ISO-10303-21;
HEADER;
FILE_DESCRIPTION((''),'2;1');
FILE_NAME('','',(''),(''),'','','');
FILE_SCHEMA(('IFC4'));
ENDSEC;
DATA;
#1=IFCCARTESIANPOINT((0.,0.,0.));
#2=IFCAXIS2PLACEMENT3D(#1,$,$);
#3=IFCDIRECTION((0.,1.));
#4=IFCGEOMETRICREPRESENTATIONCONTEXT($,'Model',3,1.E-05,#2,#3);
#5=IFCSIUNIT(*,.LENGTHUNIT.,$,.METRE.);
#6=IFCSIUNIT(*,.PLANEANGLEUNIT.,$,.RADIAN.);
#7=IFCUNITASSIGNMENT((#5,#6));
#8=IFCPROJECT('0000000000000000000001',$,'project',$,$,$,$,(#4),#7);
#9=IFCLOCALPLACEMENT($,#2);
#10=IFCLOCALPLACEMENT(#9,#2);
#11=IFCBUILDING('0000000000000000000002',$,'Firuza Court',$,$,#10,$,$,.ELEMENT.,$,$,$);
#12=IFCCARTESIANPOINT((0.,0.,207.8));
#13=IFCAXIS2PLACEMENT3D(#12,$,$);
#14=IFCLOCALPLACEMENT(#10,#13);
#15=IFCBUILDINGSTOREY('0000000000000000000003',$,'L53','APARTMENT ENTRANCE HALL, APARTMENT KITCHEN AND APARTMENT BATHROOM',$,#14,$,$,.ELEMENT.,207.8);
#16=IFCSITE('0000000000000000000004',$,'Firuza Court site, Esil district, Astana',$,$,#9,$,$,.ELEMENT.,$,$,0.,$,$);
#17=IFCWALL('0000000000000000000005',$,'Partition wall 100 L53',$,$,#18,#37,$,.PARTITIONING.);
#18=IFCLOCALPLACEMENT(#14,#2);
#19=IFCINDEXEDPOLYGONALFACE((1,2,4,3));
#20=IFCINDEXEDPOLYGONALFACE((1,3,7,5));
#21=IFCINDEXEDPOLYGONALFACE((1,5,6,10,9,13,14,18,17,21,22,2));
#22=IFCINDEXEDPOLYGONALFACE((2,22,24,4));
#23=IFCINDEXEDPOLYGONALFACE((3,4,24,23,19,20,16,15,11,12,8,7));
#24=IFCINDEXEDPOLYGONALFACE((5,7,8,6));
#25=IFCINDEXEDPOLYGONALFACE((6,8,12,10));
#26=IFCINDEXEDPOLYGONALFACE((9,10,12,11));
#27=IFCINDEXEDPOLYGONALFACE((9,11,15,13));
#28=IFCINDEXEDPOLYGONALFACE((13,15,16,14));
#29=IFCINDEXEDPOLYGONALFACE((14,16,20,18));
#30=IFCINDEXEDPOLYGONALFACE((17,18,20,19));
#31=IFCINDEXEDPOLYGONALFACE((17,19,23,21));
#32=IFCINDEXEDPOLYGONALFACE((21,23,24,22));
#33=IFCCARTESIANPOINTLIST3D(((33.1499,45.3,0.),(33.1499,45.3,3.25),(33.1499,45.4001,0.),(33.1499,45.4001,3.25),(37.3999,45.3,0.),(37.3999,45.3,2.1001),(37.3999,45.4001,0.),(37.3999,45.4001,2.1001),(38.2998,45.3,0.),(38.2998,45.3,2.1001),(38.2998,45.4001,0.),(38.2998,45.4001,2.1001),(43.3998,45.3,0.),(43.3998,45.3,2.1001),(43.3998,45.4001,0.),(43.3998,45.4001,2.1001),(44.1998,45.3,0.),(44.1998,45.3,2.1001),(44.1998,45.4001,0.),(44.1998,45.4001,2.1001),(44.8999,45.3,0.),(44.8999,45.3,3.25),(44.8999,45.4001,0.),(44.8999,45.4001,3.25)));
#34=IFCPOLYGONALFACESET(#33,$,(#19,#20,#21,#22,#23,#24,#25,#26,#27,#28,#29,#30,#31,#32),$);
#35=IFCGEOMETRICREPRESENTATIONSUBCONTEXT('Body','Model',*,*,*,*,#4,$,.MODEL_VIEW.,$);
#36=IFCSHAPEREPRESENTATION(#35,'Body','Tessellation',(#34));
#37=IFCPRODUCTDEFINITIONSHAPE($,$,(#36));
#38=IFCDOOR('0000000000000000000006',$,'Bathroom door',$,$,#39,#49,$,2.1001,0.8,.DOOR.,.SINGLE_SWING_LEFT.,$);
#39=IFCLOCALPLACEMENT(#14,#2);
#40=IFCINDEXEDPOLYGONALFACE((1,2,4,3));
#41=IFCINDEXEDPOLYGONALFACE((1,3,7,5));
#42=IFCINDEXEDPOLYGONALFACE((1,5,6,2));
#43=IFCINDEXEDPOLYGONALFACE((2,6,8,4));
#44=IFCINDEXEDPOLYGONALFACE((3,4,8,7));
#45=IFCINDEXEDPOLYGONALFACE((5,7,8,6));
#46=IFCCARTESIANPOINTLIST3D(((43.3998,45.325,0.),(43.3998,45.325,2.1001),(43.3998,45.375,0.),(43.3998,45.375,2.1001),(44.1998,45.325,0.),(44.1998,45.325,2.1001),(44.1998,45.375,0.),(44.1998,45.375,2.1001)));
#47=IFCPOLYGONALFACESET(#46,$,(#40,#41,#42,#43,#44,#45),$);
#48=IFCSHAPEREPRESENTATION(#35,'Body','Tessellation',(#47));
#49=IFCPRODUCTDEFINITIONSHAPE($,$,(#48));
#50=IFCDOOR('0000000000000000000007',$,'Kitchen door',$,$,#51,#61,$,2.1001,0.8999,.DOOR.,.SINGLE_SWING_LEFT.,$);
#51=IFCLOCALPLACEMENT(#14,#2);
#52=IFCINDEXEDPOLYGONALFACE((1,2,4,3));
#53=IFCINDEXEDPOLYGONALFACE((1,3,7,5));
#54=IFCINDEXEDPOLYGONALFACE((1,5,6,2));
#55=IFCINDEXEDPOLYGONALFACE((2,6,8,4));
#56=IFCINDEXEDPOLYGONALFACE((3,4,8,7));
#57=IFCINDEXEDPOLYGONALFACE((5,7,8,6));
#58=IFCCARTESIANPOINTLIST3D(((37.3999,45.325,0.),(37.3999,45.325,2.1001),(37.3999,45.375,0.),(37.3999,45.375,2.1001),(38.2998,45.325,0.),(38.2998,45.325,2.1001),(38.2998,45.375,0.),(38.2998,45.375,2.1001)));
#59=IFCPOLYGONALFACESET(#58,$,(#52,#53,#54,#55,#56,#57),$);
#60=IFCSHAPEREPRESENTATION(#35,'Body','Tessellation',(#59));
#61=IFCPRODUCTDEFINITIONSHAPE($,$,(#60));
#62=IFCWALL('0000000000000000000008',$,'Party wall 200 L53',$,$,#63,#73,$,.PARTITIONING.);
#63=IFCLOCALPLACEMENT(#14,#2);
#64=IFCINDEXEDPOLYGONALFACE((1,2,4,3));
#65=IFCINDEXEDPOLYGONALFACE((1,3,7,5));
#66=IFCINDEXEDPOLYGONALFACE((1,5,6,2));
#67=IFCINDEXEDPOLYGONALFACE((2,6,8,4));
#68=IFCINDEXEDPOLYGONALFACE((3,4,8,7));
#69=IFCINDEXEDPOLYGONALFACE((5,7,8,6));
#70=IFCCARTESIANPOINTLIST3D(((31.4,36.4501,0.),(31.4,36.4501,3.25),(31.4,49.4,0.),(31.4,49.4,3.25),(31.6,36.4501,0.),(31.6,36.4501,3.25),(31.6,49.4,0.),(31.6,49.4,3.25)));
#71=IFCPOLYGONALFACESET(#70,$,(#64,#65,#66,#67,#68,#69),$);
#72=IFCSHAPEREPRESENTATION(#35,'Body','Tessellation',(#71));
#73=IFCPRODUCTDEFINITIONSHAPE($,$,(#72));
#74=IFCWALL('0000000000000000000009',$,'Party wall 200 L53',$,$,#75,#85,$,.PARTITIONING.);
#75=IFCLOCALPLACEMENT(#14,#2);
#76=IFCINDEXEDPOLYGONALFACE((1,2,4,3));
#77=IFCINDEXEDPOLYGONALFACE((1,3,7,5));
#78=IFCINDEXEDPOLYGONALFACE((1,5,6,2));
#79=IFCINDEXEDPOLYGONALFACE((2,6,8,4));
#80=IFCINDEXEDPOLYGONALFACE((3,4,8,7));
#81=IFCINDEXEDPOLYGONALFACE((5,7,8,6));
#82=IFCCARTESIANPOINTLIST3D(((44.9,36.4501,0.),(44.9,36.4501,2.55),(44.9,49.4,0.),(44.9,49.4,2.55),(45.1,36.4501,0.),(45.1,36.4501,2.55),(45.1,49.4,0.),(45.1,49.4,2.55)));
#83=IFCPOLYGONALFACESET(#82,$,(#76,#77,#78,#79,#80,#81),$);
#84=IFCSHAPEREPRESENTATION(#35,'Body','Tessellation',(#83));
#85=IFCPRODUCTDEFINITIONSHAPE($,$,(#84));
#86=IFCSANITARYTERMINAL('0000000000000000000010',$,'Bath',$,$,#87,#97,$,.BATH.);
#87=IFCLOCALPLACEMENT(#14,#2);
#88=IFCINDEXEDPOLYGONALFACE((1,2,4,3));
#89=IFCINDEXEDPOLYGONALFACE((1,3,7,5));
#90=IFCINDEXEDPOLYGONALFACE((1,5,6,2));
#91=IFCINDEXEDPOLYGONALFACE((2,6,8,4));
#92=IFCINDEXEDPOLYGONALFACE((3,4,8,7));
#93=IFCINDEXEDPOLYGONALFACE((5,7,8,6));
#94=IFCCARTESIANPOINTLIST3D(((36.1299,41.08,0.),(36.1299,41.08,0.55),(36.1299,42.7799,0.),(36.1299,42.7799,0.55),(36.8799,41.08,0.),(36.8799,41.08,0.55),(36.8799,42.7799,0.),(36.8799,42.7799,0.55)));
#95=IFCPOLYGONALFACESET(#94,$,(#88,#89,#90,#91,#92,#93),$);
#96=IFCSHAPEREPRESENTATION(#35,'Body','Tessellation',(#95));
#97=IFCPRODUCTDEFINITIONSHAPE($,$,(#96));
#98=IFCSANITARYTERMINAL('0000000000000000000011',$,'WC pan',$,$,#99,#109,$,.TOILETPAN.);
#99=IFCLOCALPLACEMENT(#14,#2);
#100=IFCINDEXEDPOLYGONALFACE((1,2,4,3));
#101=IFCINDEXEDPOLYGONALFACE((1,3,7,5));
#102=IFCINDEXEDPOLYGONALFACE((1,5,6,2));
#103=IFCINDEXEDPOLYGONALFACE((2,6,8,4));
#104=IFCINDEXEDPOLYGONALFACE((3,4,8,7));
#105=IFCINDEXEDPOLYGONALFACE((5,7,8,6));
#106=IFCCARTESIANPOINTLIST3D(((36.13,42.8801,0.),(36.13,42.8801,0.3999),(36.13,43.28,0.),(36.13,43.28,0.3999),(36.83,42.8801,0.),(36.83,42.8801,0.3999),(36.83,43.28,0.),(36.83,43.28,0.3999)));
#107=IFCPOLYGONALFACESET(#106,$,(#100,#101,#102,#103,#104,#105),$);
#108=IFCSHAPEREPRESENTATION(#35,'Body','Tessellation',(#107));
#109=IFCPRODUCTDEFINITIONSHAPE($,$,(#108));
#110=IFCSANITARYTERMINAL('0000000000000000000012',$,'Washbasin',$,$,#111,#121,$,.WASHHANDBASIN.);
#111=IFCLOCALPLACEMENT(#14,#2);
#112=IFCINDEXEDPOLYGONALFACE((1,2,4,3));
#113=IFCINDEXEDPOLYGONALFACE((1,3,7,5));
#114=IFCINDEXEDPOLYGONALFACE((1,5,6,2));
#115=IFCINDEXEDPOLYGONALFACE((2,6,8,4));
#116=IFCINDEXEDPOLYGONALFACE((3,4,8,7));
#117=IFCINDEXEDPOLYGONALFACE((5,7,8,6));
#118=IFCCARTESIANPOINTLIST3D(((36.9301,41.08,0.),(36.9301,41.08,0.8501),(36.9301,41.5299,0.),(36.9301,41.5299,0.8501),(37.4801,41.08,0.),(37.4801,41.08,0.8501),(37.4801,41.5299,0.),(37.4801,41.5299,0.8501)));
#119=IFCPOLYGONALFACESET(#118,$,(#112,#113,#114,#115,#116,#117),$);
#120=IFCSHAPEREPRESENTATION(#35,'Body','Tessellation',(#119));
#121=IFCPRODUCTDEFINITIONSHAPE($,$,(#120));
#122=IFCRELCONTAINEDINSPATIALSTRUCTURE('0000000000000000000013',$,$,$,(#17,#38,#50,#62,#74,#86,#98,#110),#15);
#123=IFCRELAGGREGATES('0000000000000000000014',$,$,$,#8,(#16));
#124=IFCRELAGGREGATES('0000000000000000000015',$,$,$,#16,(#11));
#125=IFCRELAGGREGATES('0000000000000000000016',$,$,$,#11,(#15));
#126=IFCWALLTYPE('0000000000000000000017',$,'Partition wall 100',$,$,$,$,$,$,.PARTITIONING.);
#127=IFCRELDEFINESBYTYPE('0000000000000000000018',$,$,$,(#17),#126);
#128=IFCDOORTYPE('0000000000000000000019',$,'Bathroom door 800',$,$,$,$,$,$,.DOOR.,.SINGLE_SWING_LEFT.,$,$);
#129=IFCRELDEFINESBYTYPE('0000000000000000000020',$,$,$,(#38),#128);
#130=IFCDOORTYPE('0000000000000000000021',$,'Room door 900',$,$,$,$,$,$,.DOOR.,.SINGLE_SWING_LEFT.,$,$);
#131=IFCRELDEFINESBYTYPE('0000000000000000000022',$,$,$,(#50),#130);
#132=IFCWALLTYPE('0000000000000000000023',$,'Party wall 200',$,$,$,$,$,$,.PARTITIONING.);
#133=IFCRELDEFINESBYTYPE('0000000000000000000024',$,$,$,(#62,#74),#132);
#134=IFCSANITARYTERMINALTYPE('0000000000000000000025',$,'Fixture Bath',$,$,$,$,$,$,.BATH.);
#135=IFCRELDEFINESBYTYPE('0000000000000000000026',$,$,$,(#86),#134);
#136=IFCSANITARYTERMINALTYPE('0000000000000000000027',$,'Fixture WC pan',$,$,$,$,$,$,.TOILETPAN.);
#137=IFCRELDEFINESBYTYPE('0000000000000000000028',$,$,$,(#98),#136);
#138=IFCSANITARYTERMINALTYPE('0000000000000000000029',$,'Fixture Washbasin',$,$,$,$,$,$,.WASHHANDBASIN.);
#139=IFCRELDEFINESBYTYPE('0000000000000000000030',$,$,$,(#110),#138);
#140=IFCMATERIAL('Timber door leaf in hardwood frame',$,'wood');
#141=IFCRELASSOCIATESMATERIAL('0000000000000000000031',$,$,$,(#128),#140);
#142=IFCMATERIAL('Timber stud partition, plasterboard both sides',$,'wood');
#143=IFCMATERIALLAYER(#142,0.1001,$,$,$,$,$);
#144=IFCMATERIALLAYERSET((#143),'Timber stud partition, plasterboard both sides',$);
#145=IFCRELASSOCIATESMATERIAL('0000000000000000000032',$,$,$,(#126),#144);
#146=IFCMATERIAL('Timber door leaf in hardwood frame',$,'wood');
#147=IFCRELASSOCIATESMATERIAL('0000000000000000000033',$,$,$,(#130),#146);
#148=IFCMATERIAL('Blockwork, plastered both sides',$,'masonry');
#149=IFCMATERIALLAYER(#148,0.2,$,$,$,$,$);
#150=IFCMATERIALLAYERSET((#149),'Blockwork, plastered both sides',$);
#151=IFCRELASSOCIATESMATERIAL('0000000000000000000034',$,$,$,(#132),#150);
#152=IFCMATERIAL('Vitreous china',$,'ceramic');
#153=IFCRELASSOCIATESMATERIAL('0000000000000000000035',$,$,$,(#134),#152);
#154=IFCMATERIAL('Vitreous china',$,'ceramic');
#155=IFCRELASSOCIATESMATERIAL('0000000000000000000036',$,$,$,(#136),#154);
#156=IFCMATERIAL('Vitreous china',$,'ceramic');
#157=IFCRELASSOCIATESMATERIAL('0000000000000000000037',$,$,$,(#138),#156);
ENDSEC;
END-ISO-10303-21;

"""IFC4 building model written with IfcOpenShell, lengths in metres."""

from ifc_helpers import new_model, si_unit, direction, frame, frame_2d, origin, origin_2d, place, context, subcontext, project, spatial, rectangle, extrude, material, layer, layer_set, type_object, element, fill, save


model = new_model("IFC4")

# Units and contexts
model_context = context("Model", 3, precision=1e-05, world=origin(), true_north=direction((0.0, 1.0)))
body_context = subcontext(model_context, "Body", "Model", "MODEL_VIEW")
ifc_project = project(units=[si_unit("LENGTHUNIT", "METRE"), si_unit("PLANEANGLEUNIT", "RADIAN")], contexts=[model_context])

# Site, building, storey
site_placement = place(None, origin())
site = spatial("IfcSite", under=ifc_project, at=site_placement, Name="Firuza Court site, Esil district, Astana", CompositionType="ELEMENT", RefElevation=0.0)
building_placement = place(site_placement, origin())
building = spatial("IfcBuilding", under=site, at=building_placement, Name="Firuza Court", CompositionType="ELEMENT")
storey_placement = place(building_placement, frame((0.0, 0.0, 207.8)))
storey = spatial("IfcBuildingStorey", under=building, at=storey_placement, Name="L53", Description="APARTMENT ENTRANCE HALL, APARTMENT KITCHEN AND APARTMENT BATHROOM", CompositionType="ELEMENT", Elevation=207.8)

# Shared definitions
ifc_material_1 = material(Name="Timber door leaf in hardwood frame", Category="wood")
door_type_1 = type_object("IfcDoorType", Name="Bathroom door 800", OperationType="SINGLE_SWING_LEFT", PredefinedType="DOOR", material=ifc_material_1)

# Shared definitions
ifc_material_2 = material(Name="Timber stud partition, plasterboard both sides", Category="wood")
ifc_layer_1 = layer(ifc_material_2, 0.1001)
ifc_layer_set_1 = layer_set([ifc_layer_1], Name="Timber stud partition, plasterboard both sides")
wall_type_1 = type_object("IfcWallType", Name="Partition wall 100", PredefinedType="PARTITIONING", material=ifc_layer_set_1)

# Shared definitions
ifc_material_3 = material(Name="Timber door leaf in hardwood frame", Category="wood")
door_type_2 = type_object("IfcDoorType", Name="Room door 900", OperationType="SINGLE_SWING_LEFT", PredefinedType="DOOR", material=ifc_material_3)

# Wall, openings, doors
wall_1_placement = place(storey_placement, frame((33.1499, 45.3501, 0.0), z_axis=(0.0, 0.0, 1.0), x_axis=(1.0, 0.0, 0.0)))
wall_1 = element("IfcWall", 1, at=wall_1_placement, inside=storey, type_object=wall_type_1, Name="Partition wall 100 L53", PredefinedType="PARTITIONING", context=body_context, shape_type="SweptSolid", body=[
    extrude(rectangle(XDim=11.75, YDim=0.1001, at=frame_2d((5.875, 0.0))), origin(), (0.0, 0.0, 1.0), 3.25),
])
opening_1_placement = place(wall_1_placement, frame((10.25, 0.0, 0.0)))
opening_1 = element("IfcOpeningElement", 2, at=opening_1_placement, cuts=wall_1, PredefinedType="OPENING", context=body_context, shape_type="SweptSolid", body=[
    extrude(rectangle(XDim=0.8, YDim=2.1001, at=frame_2d((0.3999, 1.05))), frame((0.0, 0.062, 0.0), z_axis=(0.0, -1.0, 0.0), x_axis=(1.0, 0.0, 0.0)), (0.0, 0.0, 1.0), 0.124),
])
opening_2_placement = place(wall_1_placement, frame((4.25, 0.0, 0.0)))
opening_2 = element("IfcOpeningElement", 3, at=opening_2_placement, cuts=wall_1, PredefinedType="OPENING", context=body_context, shape_type="SweptSolid", body=[
    extrude(rectangle(XDim=0.8999, YDim=2.1001, at=frame_2d((0.45, 1.05))), frame((0.0, 0.062, 0.0), z_axis=(0.0, -1.0, 0.0), x_axis=(1.0, 0.0, 0.0)), (0.0, 0.0, 1.0), 0.124),
])
door_1_placement = place(opening_1_placement, origin())
door_1 = element("IfcDoor", 4, at=door_1_placement, inside=storey, type_object=door_type_1, Name="Bathroom door", OperationType="SINGLE_SWING_LEFT", OverallHeight=2.1001, OverallWidth=0.8, PredefinedType="DOOR", context=body_context, shape_type="SweptSolid", body=[
    extrude(rectangle(XDim=0.8, YDim=2.1001, at=frame_2d((0.3999, 1.05))), frame((0.0, 0.0249, 0.0), z_axis=(0.0, -1.0, 0.0), x_axis=(1.0, 0.0, 0.0)), (0.0, 0.0, 1.0), 0.05),
])
fill(opening_1, door_1)
door_2_placement = place(opening_2_placement, origin())
door_2 = element("IfcDoor", 5, at=door_2_placement, inside=storey, type_object=door_type_2, Name="Kitchen door", OperationType="SINGLE_SWING_LEFT", OverallHeight=2.1001, OverallWidth=0.8999, PredefinedType="DOOR", context=body_context, shape_type="SweptSolid", body=[
    extrude(rectangle(XDim=0.8999, YDim=2.1001, at=frame_2d((0.45, 1.05))), frame((0.0, 0.0249, 0.0), z_axis=(0.0, -1.0, 0.0), x_axis=(1.0, 0.0, 0.0)), (0.0, 0.0, 1.0), 0.05),
])
fill(opening_2, door_2)

# Walls
ifc_material_4 = material(Name="Blockwork, plastered both sides", Category="masonry")
ifc_layer_2 = layer(ifc_material_4, 0.2)
ifc_layer_set_2 = layer_set([ifc_layer_2], Name="Blockwork, plastered both sides")
wall_type_2 = type_object("IfcWallType", Name="Party wall 200", PredefinedType="PARTITIONING", material=ifc_layer_set_2)
wall_2_placement = place(storey_placement, frame((31.5, 36.45, 0.0), z_axis=(0.0, 0.0, 1.0), x_axis=(0.0, 1.0, 0.0)))
element("IfcWall", 6, at=wall_2_placement, inside=storey, type_object=wall_type_2, Name="Party wall 200 L53", PredefinedType="PARTITIONING", context=body_context, shape_type="SweptSolid", body=[
    extrude(rectangle(XDim=12.95, YDim=0.2, at=frame_2d((6.4751, 0.0))), origin(), (0.0, 0.0, 1.0), 3.25),
])
wall_3_placement = place(storey_placement, frame((45.0, 36.45, 0.0), z_axis=(0.0, 0.0, 1.0), x_axis=(0.0, 1.0, 0.0)))
element("IfcWall", 7, at=wall_3_placement, inside=storey, type_object=wall_type_2, Name="Party wall 200 L53", PredefinedType="PARTITIONING", context=body_context, shape_type="SweptSolid", body=[
    extrude(rectangle(XDim=12.95, YDim=0.2, at=frame_2d((6.4751, 0.0))), origin(), (0.0, 0.0, 1.0), 2.55),
])

# Sanitary terminals
ifc_material_5 = material(Name="Vitreous china", Category="ceramic")
sanitary_terminal_type_1 = type_object("IfcSanitaryTerminalType", Name="Fixture Bath", PredefinedType="BATH", material=ifc_material_5)
sanitary_terminal_1_placement = place(storey_placement, frame((36.5049, 41.9299, 0.0), z_axis=(0.0, 0.0, 1.0), x_axis=(1.0, 0.0, 0.0)))
element("IfcSanitaryTerminal", 8, at=sanitary_terminal_1_placement, inside=storey, type_object=sanitary_terminal_type_1, Name="Bath", PredefinedType="BATH", context=body_context, shape_type="SweptSolid", body=[
    extrude(rectangle(XDim=0.75, YDim=1.7, at=origin_2d()), origin(), (0.0, 0.0, 1.0), 0.55),
])
ifc_material_6 = material(Name="Vitreous china", Category="ceramic")
sanitary_terminal_type_2 = type_object("IfcSanitaryTerminalType", Name="Fixture WC pan", PredefinedType="TOILETPAN", material=ifc_material_6)
sanitary_terminal_2_placement = place(storey_placement, frame((36.48, 43.0801, 0.0), z_axis=(0.0, 0.0, 1.0), x_axis=(1.0, 0.0, 0.0)))
element("IfcSanitaryTerminal", 9, at=sanitary_terminal_2_placement, inside=storey, type_object=sanitary_terminal_type_2, Name="WC pan", PredefinedType="TOILETPAN", context=body_context, shape_type="SweptSolid", body=[
    extrude(rectangle(XDim=0.7, YDim=0.3999, at=origin_2d()), origin(), (0.0, 0.0, 1.0), 0.3999),
])
ifc_material_7 = material(Name="Vitreous china", Category="ceramic")
sanitary_terminal_type_3 = type_object("IfcSanitaryTerminalType", Name="Fixture Washbasin", PredefinedType="WASHHANDBASIN", material=ifc_material_7)
sanitary_terminal_3_placement = place(storey_placement, frame((37.2051, 41.3049, 0.0), z_axis=(0.0, 0.0, 1.0), x_axis=(1.0, 0.0, 0.0)))
element("IfcSanitaryTerminal", 10, at=sanitary_terminal_3_placement, inside=storey, type_object=sanitary_terminal_type_3, Name="Washbasin", PredefinedType="WASHHANDBASIN", context=body_context, shape_type="SweptSolid", body=[
    extrude(rectangle(XDim=0.55, YDim=0.45, at=origin_2d()), origin(), (0.0, 0.0, 1.0), 0.8501),
])

save(model, "model.ifc")
